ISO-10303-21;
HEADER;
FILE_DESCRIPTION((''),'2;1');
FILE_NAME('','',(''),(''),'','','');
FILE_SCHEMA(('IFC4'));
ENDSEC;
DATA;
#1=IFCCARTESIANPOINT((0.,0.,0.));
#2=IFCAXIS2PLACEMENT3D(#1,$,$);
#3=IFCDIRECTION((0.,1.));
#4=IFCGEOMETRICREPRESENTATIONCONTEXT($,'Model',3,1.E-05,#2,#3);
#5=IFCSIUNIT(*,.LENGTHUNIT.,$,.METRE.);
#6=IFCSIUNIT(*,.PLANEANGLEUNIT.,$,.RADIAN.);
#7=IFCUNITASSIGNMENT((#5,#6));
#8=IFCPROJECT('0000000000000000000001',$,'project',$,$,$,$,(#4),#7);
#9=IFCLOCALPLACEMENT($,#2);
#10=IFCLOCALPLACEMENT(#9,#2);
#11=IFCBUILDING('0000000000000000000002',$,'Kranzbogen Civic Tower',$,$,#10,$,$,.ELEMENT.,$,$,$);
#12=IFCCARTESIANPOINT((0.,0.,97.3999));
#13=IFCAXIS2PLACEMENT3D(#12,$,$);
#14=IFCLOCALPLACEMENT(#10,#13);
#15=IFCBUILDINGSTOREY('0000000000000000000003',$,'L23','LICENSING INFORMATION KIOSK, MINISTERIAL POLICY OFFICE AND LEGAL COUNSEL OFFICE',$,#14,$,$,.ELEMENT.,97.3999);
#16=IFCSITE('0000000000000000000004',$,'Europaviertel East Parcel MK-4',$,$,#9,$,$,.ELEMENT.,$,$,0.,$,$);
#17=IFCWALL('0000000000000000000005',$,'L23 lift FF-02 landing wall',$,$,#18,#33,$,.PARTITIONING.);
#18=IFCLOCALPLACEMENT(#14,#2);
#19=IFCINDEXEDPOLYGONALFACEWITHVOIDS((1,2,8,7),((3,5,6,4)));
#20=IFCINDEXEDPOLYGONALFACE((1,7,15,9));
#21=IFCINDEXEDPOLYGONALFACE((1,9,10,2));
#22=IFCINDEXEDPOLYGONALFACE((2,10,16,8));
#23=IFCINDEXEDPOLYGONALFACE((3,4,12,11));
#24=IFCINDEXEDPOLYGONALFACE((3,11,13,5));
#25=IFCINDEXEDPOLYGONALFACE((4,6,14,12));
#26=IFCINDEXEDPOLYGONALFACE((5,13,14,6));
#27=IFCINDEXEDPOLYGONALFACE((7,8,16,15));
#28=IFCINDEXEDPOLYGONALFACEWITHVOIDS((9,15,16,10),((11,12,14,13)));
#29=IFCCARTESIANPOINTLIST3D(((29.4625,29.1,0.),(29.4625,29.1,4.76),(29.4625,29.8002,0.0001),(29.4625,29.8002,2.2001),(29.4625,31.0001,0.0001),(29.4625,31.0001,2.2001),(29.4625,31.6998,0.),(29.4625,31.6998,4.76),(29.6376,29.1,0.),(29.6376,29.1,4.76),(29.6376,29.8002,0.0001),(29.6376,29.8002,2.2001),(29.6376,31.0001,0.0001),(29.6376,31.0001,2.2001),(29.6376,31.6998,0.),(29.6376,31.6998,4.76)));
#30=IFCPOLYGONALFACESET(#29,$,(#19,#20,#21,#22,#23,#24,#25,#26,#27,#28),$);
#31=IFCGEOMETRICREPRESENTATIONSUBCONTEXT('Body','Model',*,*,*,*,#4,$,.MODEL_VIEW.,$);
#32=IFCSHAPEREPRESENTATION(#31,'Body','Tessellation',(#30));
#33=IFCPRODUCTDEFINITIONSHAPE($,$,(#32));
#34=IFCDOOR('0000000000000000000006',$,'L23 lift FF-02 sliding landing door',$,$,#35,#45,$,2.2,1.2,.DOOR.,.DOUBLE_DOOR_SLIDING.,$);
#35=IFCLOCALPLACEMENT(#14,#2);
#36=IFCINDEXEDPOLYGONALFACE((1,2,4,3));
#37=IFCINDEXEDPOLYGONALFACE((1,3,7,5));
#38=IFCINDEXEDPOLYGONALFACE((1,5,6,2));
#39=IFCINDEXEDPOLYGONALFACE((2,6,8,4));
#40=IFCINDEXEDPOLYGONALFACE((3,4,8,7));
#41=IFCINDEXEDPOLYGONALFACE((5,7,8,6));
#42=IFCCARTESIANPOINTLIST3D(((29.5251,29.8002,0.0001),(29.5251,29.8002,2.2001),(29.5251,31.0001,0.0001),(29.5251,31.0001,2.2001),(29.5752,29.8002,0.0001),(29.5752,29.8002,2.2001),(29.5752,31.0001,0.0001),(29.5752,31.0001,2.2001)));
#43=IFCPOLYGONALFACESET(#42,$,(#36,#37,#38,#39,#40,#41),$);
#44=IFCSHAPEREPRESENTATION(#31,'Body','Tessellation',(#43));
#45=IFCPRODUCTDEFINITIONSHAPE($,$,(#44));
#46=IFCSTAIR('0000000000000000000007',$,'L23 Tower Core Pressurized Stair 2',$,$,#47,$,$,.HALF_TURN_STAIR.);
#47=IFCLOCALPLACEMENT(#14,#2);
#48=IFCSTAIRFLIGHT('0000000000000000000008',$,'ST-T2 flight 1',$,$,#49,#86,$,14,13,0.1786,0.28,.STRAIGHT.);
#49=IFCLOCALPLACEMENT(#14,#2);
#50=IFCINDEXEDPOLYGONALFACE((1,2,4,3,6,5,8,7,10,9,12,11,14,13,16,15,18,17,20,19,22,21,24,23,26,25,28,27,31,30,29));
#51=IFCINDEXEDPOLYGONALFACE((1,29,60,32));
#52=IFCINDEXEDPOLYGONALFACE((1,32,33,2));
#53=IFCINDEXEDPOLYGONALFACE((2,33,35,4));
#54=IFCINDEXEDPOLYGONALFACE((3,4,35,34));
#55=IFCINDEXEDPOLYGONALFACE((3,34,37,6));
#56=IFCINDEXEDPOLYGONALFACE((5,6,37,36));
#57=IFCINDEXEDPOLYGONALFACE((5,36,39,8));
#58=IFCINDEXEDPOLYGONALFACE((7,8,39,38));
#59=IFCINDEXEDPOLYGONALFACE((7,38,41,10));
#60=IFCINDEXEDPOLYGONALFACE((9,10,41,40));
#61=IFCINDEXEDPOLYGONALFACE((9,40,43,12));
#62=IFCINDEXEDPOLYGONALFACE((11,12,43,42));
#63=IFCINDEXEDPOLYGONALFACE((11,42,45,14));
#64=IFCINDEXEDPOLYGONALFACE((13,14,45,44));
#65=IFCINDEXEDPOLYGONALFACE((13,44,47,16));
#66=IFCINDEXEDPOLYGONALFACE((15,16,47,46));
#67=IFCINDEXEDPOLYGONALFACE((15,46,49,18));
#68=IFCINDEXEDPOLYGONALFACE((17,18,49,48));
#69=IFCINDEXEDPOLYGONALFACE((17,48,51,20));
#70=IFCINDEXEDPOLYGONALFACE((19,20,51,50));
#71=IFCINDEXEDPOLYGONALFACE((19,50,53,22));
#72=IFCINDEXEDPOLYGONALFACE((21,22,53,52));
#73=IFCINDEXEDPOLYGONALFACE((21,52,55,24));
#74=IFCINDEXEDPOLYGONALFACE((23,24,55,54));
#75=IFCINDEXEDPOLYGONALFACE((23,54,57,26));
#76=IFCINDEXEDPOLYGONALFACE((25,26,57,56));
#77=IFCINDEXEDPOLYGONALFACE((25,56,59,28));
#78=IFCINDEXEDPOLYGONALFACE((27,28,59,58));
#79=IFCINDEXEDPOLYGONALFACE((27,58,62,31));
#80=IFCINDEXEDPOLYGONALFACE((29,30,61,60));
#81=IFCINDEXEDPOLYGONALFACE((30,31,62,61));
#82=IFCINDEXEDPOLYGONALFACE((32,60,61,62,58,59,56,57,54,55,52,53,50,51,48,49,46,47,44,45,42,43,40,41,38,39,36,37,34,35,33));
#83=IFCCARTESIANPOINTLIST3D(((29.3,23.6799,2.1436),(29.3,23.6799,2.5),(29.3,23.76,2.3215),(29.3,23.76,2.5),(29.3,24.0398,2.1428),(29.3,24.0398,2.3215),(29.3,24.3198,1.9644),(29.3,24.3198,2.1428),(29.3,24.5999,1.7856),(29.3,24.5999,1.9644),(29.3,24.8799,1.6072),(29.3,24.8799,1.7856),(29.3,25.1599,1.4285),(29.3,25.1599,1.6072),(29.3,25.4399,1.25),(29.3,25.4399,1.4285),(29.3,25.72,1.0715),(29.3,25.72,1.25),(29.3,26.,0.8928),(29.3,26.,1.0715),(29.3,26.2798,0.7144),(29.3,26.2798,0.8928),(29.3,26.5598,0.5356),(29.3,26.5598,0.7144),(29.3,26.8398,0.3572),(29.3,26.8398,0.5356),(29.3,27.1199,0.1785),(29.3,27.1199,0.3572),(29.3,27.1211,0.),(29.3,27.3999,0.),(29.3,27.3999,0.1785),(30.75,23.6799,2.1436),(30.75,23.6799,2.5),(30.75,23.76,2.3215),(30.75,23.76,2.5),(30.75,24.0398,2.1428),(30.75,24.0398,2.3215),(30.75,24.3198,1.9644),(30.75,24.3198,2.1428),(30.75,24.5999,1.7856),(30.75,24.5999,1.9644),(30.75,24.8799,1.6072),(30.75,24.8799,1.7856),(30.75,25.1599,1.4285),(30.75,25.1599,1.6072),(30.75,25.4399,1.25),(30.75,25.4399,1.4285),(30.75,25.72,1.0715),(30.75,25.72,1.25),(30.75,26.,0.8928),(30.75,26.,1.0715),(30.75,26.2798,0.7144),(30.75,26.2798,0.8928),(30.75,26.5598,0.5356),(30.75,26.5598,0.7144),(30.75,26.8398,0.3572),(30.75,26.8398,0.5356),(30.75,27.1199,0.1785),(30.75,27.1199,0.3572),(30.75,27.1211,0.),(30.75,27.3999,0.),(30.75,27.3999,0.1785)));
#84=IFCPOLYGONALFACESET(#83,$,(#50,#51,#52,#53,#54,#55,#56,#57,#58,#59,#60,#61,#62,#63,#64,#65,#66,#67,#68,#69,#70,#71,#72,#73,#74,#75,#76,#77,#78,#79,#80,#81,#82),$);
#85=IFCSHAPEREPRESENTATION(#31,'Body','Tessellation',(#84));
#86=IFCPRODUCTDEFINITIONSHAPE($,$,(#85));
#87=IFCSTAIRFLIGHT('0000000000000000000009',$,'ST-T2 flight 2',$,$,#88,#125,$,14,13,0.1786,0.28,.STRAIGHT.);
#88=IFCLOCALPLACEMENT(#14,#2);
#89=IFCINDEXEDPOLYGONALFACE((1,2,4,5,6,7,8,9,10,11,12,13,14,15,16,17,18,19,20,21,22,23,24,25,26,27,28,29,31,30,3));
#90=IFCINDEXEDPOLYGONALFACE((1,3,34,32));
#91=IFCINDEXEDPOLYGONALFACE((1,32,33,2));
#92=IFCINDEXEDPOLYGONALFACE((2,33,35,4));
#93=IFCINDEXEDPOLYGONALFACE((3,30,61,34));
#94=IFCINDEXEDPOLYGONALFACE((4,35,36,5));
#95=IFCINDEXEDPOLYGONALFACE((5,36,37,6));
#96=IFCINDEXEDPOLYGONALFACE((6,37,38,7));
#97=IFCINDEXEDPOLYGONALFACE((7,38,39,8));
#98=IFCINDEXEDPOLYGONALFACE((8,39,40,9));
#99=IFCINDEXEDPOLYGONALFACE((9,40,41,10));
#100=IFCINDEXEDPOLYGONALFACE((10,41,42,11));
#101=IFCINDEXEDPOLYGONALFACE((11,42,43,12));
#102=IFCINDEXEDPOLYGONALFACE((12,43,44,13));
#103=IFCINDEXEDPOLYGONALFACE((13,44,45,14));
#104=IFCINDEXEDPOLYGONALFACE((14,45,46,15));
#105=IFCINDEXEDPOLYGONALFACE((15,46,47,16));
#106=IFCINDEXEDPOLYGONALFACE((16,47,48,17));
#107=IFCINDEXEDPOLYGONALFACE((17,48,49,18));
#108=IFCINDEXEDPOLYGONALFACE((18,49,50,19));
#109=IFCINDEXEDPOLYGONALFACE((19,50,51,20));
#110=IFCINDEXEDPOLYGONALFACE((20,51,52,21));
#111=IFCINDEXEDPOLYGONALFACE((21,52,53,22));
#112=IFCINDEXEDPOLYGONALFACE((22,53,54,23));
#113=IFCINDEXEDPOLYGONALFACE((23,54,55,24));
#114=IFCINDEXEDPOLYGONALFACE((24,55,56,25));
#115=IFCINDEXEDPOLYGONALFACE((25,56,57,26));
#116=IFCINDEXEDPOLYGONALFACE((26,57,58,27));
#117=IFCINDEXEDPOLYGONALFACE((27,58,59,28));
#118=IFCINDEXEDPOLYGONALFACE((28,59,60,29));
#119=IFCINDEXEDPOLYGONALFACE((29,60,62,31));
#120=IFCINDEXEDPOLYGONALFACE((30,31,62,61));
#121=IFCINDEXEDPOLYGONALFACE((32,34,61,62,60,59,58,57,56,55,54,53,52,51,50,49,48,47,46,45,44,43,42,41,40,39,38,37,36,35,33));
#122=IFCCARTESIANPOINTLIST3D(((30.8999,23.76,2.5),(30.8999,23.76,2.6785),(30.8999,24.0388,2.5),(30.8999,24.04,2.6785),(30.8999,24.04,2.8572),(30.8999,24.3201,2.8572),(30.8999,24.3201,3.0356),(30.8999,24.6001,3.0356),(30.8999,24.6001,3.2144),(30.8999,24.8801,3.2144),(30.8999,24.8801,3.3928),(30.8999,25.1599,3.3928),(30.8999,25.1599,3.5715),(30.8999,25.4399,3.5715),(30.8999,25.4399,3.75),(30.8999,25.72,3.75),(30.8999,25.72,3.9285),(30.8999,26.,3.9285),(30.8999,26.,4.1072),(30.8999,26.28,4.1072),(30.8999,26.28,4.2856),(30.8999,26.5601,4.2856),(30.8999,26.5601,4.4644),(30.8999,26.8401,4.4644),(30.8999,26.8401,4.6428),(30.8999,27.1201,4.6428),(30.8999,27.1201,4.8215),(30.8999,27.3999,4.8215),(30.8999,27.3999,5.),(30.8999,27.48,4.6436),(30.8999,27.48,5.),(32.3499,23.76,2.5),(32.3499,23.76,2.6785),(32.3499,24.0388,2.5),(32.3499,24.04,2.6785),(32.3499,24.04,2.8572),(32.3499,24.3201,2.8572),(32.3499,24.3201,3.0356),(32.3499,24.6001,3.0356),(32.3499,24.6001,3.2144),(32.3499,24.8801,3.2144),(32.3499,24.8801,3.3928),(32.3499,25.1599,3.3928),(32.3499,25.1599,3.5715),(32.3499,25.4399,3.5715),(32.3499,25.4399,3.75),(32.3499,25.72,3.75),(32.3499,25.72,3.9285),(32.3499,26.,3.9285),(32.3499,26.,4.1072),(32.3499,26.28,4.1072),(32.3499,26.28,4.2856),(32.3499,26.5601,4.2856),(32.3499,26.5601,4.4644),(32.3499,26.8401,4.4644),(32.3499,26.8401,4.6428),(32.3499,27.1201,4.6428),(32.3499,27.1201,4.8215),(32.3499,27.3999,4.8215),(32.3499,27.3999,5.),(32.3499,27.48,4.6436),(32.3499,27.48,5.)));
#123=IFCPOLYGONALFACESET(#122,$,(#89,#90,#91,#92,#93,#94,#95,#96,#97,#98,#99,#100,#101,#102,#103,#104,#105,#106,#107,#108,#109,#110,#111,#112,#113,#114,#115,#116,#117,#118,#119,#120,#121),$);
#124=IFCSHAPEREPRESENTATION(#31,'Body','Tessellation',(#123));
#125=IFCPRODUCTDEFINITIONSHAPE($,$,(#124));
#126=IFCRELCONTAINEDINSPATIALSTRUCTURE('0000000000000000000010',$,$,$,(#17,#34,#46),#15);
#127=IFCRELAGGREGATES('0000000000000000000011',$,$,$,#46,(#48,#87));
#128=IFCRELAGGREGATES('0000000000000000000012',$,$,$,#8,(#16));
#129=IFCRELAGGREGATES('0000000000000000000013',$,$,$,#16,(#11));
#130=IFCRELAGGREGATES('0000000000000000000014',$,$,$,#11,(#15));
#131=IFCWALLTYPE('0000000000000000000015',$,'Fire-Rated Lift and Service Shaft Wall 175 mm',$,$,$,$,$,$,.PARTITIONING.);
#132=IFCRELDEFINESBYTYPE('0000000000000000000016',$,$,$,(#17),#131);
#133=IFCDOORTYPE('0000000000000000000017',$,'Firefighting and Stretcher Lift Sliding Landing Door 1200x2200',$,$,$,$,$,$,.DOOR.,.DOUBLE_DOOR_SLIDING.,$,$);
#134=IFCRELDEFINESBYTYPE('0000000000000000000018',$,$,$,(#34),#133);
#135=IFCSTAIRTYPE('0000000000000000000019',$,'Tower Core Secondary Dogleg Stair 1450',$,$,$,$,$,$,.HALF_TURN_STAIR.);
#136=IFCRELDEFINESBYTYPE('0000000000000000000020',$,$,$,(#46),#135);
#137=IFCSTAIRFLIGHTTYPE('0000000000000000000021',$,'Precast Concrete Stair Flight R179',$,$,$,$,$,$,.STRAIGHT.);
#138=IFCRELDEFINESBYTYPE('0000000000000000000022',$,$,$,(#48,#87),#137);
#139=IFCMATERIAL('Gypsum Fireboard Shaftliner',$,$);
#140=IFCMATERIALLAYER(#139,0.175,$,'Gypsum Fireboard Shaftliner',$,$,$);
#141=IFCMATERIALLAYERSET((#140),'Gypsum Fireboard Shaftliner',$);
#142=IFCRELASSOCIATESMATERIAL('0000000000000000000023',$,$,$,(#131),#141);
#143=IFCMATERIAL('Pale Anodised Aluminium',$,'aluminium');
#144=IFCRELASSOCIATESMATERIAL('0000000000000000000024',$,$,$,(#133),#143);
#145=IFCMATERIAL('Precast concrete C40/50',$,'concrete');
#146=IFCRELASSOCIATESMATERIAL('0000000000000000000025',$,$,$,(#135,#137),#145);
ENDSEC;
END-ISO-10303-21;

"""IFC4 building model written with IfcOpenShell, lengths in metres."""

from ifc_helpers import new_model, si_unit, direction, frame, frame_2d, origin, place, context, subcontext, project, spatial, polyline, rectangle, outline, extrude, material, layer, layer_set, type_object, element, fill, aggregate, save


model = new_model("IFC4")

# Units and contexts
model_context = context("Model", 3, precision=1e-05, world=origin(), true_north=direction((0.0, 1.0)))
body_context = subcontext(model_context, "Body", "Model", "MODEL_VIEW")
ifc_project = project(units=[si_unit("LENGTHUNIT", "METRE"), si_unit("PLANEANGLEUNIT", "RADIAN")], contexts=[model_context])

# Site, building, storey
site_placement = place(None, origin())
site = spatial("IfcSite", under=ifc_project, at=site_placement, Name="Europaviertel East Parcel MK-4", CompositionType="ELEMENT", RefElevation=0.0)
building_placement = place(site_placement, origin())
building = spatial("IfcBuilding", under=site, at=building_placement, Name="Kranzbogen Civic Tower", CompositionType="ELEMENT")
storey_placement = place(building_placement, frame((0.0, 0.0, 97.3999)))
storey = spatial("IfcBuildingStorey", under=building, at=storey_placement, Name="L23", Description="LICENSING INFORMATION KIOSK, MINISTERIAL POLICY OFFICE AND LEGAL COUNSEL OFFICE", CompositionType="ELEMENT", Elevation=97.3999)

# Shared definitions
ifc_material_1 = material(Name="Gypsum Fireboard Shaftliner")
ifc_layer_1 = layer(ifc_material_1, 0.175, Name="Gypsum Fireboard Shaftliner")
ifc_layer_set_1 = layer_set([ifc_layer_1], Name="Gypsum Fireboard Shaftliner")
wall_type_1 = type_object("IfcWallType", Name="Fire-Rated Lift and Service Shaft Wall 175 mm", PredefinedType="PARTITIONING", material=ifc_layer_set_1)

# Wall, opening, door
wall_1_placement = place(storey_placement, frame((29.55, 29.1001, 0.0), z_axis=(0.0, 0.0, 1.0), x_axis=(0.0, 1.0, 0.0)))
wall_1 = element("IfcWall", 1, at=wall_1_placement, inside=storey, type_object=wall_type_1, Name="L23 lift FF-02 landing wall", PredefinedType="PARTITIONING", context=body_context, shape_type="SweptSolid", body=[
    extrude(rectangle(XDim=2.5999, YDim=0.175, at=frame_2d((1.2998, 0.0))), origin(), (0.0, 0.0, 1.0), 4.76),
])
opening_placement = place(wall_1_placement, frame((0.7, 0.0, 0.0)))
opening = element("IfcOpeningElement", 2, at=opening_placement, cuts=wall_1, PredefinedType="OPENING", context=body_context, shape_type="SweptSolid", body=[
    extrude(rectangle(XDim=1.2, YDim=2.2, at=frame_2d((0.6001, 1.1001))), frame((0.0, 0.0977, 0.0), z_axis=(0.0, -1.0, 0.0), x_axis=(1.0, 0.0, 0.0)), (0.0, 0.0, 1.0), 0.1951),
])
ifc_material_2 = material(Name="Pale Anodised Aluminium", Category="aluminium")
door_type = type_object("IfcDoorType", Name="Firefighting and Stretcher Lift Sliding Landing Door 1200x2200", OperationType="DOUBLE_DOOR_SLIDING", PredefinedType="DOOR", material=ifc_material_2)
door_placement = place(opening_placement, origin())
door = element("IfcDoor", 3, at=door_placement, inside=storey, type_object=door_type, Name="L23 lift FF-02 sliding landing door", OperationType="DOUBLE_DOOR_SLIDING", OverallHeight=2.2, OverallWidth=1.2, PredefinedType="DOOR", context=body_context, shape_type="SweptSolid", body=[
    extrude(rectangle(XDim=1.2, YDim=2.2, at=frame_2d((0.6001, 1.1001))), frame((0.0, 0.0249, 0.0), z_axis=(0.0, -1.0, 0.0), x_axis=(1.0, 0.0, 0.0)), (0.0, 0.0, 1.0), 0.05),
])
fill(opening, door)

# Stair, stair flights
ifc_material_3 = material(Name="Precast concrete C40/50", Category="concrete")
stair_type = type_object("IfcStairType", Name="Tower Core Secondary Dogleg Stair 1450", PredefinedType="HALF_TURN_STAIR", material=ifc_material_3)
stair_placement = place(storey_placement, origin())
stair = element("IfcStair", 4, at=stair_placement, inside=storey, type_object=stair_type, Name="L23 Tower Core Pressurized Stair 2", PredefinedType="HALF_TURN_STAIR")
stair_flight_type = type_object("IfcStairFlightType", Name="Precast Concrete Stair Flight R179", PredefinedType="STRAIGHT", material=ifc_material_3)
stair_flight_1_placement = place(storey_placement, frame((30.0249, 27.3999, 0.0), z_axis=(0.0, 0.0, 1.0), x_axis=(0.0, -1.0, 0.0)))
stair_flight_1 = element("IfcStairFlight", 5, at=stair_flight_1_placement, type_object=stair_flight_type, Name="ST-T2 flight 1", NumberOfRisers=14, NumberOfTreads=13, PredefinedType="STRAIGHT", RiserHeight=0.1786, TreadLength=0.28, context=body_context, shape_type="SweptSolid", body=[
    extrude(outline(polyline([(0.0, 0.0), (0.0, 0.1785), (0.28, 0.1785), (0.28, 0.3572), (0.5601, 0.3572), (0.5601, 0.5356), (0.8401, 0.5356), (0.8401, 0.7144), (1.1201, 0.7144), (1.1201, 0.8928), (1.3999, 0.8928), (1.3999, 1.0715), (1.6799, 1.0715), (1.6799, 1.25), (1.96, 1.25), (1.96, 1.4285), (2.24, 1.4285), (2.24, 1.6072), (2.52, 1.6072), (2.52, 1.7856), (2.8, 1.7856), (2.8, 1.9644), (3.0801, 1.9644), (3.0801, 2.1428), (3.3601, 2.1428), (3.3601, 2.3215), (3.6399, 2.3215), (3.6399, 2.5), (3.72, 2.5), (3.72, 2.1436), (0.2788, 0.0), (0.0, 0.0)])), frame((0.0, 0.7251, 0.0), z_axis=(0.0, -1.0, 0.0), x_axis=(1.0, 0.0, 0.0)), (0.0, 0.0, 1.0), 1.45),
])
stair_flight_2_placement = place(storey_placement, frame((31.625, 23.76, 2.5), z_axis=(0.0, 0.0, 1.0), x_axis=(0.0, 1.0, 0.0)))
stair_flight_2 = element("IfcStairFlight", 6, at=stair_flight_2_placement, type_object=stair_flight_type, Name="ST-T2 flight 2", NumberOfRisers=14, NumberOfTreads=13, PredefinedType="STRAIGHT", RiserHeight=0.1786, TreadLength=0.28, context=body_context, shape_type="SweptSolid", body=[
    extrude(outline(polyline([(0.0, 0.0), (0.0, 0.1785), (0.28, 0.1785), (0.28, 0.3572), (0.5601, 0.3572), (0.5601, 0.5356), (0.8401, 0.5356), (0.8401, 0.7144), (1.1201, 0.7144), (1.1201, 0.8928), (1.3999, 0.8928), (1.3999, 1.0715), (1.6799, 1.0715), (1.6799, 1.25), (1.96, 1.25), (1.96, 1.4285), (2.24, 1.4285), (2.24, 1.6072), (2.52, 1.6072), (2.52, 1.7856), (2.8, 1.7856), (2.8, 1.9644), (3.0801, 1.9644), (3.0801, 2.1428), (3.3601, 2.1428), (3.3601, 2.3215), (3.6399, 2.3215), (3.6399, 2.5), (3.72, 2.5), (3.72, 2.1436), (0.2788, 0.0), (0.0, 0.0)])), frame((0.0, 0.7251, 0.0), z_axis=(0.0, -1.0, 0.0), x_axis=(1.0, 0.0, 0.0)), (0.0, 0.0, 1.0), 1.45),
])
aggregate(stair, [stair_flight_1, stair_flight_2])

save(model, "model.ifc")
